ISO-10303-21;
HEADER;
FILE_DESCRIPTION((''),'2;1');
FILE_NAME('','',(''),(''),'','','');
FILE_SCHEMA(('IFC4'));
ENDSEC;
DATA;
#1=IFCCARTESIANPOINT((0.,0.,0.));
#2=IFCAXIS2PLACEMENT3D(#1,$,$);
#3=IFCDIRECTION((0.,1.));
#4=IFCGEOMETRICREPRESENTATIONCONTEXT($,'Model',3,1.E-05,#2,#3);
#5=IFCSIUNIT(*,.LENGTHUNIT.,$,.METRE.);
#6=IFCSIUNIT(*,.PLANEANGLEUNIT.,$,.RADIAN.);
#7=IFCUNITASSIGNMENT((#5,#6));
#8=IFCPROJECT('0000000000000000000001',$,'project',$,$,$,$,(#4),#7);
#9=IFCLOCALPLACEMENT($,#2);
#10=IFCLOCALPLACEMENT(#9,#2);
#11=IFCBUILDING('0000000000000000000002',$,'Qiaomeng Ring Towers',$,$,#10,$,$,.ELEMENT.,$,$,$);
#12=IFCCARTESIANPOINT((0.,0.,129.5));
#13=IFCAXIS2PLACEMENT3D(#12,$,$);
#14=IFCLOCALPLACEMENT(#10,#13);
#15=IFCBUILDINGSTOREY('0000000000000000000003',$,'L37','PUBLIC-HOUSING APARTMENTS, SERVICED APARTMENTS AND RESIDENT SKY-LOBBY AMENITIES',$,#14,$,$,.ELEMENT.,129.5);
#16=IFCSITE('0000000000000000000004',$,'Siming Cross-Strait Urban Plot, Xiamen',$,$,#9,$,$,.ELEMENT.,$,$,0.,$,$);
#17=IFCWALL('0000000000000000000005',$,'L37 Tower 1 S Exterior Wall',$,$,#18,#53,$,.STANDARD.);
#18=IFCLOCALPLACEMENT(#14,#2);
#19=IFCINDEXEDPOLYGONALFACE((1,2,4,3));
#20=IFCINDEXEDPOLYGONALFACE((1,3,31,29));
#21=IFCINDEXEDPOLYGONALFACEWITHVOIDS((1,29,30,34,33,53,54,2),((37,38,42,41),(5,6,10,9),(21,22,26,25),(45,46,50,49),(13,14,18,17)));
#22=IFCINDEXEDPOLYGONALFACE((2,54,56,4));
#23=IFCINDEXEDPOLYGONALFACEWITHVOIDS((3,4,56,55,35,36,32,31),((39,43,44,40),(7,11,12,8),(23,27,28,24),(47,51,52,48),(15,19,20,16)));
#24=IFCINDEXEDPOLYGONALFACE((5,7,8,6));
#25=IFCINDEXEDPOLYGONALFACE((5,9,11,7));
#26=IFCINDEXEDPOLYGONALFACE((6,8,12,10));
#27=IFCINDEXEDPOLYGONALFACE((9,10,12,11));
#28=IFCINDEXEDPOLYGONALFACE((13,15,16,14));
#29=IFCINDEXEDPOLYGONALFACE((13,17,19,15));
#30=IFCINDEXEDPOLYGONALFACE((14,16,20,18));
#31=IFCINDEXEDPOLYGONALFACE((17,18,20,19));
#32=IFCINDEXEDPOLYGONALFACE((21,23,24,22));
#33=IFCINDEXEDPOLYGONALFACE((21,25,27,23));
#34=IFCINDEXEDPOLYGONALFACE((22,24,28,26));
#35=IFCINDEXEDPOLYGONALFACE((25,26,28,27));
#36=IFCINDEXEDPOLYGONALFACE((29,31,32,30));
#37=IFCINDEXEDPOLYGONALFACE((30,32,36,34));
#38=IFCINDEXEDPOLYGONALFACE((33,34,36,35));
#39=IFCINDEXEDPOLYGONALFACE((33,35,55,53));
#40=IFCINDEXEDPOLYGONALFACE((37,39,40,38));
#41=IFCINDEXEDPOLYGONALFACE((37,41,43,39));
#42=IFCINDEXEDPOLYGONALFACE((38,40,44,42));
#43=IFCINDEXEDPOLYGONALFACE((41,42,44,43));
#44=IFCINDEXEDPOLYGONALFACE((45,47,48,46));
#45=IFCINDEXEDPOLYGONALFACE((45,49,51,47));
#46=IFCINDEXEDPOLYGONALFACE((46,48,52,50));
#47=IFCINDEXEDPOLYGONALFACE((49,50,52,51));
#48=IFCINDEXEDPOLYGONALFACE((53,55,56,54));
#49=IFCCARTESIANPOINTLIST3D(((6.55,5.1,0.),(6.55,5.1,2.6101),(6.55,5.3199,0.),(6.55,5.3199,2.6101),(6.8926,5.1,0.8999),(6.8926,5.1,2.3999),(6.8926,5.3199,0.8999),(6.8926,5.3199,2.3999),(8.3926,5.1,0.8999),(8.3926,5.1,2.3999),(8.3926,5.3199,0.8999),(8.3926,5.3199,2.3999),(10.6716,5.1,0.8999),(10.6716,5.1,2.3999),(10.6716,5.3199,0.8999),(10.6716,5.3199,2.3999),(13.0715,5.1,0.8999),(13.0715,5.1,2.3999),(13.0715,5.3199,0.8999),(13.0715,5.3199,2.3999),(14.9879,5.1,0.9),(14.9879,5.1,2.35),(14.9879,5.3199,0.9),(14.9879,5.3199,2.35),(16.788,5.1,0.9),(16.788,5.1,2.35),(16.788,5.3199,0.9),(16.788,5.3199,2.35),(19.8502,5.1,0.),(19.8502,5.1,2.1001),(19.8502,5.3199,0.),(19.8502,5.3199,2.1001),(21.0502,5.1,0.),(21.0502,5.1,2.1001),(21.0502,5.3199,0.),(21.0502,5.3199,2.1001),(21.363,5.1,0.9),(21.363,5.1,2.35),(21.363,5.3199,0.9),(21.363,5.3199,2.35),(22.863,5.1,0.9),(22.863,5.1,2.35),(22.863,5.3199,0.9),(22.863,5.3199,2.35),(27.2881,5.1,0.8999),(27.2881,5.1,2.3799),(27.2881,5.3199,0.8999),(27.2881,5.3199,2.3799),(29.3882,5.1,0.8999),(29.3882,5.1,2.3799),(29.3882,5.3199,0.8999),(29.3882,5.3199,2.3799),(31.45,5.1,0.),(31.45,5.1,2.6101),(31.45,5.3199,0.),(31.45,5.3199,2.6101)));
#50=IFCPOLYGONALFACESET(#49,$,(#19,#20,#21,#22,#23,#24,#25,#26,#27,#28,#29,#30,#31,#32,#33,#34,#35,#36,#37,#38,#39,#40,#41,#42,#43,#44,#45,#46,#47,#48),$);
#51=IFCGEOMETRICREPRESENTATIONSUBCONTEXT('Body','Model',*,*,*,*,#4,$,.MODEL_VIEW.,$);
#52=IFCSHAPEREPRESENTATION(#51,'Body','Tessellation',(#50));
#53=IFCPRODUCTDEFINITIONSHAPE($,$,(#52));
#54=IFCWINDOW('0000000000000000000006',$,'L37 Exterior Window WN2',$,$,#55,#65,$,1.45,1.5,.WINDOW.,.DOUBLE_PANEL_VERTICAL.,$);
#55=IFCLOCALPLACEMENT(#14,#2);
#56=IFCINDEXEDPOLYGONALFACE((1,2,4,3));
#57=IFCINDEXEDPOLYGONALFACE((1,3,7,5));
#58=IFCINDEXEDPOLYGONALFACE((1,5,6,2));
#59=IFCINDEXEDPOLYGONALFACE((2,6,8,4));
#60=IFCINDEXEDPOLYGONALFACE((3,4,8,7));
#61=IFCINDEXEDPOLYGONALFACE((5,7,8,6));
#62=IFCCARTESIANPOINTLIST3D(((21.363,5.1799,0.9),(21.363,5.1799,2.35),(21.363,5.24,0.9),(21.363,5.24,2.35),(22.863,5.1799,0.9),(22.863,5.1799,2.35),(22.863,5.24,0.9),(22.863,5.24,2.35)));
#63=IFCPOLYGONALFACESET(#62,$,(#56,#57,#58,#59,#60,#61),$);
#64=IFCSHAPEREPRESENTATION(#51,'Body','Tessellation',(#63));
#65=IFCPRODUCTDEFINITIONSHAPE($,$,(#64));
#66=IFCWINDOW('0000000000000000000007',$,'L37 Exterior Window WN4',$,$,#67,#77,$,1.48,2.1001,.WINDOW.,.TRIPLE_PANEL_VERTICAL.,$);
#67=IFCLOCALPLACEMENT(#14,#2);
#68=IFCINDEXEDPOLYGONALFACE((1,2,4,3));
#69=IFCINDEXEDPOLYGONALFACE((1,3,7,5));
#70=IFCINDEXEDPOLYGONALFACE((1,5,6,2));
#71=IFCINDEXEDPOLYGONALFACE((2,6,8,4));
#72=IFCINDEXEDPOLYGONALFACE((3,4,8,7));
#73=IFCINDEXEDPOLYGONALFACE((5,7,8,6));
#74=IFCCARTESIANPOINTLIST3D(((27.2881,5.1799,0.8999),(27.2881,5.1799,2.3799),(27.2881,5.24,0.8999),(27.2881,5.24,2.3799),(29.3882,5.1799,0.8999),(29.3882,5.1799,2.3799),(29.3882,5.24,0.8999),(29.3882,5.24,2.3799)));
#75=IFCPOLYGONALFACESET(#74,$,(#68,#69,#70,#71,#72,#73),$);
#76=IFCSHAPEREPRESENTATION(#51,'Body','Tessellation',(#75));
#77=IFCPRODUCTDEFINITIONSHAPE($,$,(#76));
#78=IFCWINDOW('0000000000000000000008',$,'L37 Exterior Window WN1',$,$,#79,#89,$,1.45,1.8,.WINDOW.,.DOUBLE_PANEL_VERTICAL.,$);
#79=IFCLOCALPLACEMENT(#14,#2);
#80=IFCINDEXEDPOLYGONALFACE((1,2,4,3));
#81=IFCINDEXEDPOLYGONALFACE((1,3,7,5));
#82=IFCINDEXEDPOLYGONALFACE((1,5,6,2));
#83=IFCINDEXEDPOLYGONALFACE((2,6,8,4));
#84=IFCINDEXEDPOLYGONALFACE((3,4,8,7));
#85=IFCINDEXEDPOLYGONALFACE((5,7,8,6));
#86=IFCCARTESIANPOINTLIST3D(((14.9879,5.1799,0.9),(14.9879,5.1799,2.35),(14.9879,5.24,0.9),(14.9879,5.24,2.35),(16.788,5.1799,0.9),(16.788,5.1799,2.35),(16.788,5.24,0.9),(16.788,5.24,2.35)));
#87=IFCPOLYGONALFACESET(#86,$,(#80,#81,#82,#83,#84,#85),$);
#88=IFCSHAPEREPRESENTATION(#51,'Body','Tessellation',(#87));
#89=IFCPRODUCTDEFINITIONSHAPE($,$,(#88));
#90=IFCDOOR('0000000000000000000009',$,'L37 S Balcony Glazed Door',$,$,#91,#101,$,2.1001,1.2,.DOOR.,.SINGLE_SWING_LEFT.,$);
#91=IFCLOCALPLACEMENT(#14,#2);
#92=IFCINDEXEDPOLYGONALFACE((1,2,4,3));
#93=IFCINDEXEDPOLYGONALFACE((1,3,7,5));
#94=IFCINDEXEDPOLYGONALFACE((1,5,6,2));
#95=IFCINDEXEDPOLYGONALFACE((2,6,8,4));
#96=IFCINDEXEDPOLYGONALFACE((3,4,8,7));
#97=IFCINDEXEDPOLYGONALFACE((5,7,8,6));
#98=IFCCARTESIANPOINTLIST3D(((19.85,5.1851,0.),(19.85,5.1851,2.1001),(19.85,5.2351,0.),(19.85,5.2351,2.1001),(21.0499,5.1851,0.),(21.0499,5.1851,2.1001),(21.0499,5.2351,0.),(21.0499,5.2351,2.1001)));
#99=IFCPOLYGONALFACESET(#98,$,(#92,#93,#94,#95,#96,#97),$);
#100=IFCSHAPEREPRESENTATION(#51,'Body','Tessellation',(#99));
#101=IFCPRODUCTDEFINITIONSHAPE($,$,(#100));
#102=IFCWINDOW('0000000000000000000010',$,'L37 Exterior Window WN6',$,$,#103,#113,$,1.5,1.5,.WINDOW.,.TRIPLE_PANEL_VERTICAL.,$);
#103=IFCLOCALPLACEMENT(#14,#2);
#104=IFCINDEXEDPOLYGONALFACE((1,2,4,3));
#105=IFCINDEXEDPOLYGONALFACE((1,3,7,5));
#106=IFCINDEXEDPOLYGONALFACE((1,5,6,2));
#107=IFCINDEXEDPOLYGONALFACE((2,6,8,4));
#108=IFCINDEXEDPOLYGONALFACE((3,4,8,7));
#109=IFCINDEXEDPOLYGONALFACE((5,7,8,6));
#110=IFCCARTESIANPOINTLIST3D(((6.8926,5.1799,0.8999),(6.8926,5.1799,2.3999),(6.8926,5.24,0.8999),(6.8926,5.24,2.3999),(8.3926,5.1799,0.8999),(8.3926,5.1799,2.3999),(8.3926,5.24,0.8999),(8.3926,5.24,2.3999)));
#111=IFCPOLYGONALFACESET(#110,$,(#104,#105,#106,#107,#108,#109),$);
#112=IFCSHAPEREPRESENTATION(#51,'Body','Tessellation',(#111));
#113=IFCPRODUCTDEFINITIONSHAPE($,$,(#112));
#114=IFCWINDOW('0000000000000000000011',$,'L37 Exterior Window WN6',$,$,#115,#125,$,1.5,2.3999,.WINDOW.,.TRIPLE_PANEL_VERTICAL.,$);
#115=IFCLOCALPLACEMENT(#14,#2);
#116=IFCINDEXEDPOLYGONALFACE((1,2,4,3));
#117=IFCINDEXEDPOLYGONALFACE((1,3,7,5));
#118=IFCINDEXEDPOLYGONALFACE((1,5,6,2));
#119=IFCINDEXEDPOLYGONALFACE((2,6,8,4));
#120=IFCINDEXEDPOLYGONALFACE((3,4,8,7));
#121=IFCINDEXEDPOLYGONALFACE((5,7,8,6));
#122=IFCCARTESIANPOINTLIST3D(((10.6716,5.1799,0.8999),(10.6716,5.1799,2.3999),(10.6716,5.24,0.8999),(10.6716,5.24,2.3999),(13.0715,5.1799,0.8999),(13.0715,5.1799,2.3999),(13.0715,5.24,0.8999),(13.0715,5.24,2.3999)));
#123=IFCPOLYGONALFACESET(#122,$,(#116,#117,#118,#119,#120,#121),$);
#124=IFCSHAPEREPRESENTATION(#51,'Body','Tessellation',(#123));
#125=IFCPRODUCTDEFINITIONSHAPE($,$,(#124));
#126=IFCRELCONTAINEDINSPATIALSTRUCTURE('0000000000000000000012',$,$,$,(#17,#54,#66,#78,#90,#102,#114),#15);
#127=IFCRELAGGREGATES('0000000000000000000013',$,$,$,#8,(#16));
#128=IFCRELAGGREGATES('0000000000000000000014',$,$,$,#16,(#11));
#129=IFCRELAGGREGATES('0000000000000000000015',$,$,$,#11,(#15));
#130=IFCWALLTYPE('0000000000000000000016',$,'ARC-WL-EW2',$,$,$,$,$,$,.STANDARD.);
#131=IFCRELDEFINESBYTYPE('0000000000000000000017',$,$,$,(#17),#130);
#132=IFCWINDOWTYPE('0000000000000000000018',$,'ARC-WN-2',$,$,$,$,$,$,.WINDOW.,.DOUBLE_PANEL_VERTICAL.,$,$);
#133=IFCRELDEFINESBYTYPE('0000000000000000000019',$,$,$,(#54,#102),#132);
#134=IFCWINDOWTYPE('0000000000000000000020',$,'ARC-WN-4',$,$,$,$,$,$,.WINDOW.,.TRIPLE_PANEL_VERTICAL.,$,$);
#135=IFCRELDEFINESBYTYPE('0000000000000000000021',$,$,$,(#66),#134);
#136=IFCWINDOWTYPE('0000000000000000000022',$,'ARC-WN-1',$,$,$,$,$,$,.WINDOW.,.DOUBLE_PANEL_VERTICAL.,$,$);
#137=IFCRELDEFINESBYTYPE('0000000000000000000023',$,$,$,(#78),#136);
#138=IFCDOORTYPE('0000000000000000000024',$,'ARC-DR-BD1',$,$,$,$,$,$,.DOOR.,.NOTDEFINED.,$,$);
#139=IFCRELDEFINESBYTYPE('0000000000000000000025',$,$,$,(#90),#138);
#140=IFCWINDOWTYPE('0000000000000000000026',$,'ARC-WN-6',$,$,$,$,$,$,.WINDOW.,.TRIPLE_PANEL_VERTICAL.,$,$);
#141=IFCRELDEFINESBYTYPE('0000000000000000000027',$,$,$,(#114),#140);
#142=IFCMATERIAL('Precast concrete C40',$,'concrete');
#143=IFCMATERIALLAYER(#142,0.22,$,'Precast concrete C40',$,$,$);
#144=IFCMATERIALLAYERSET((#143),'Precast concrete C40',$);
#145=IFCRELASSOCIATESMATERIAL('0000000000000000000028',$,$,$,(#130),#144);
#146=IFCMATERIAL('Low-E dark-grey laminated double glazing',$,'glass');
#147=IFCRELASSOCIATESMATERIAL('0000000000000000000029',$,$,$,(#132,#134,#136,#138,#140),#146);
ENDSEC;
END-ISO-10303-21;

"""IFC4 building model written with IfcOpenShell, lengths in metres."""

from ifc_helpers import new_model, si_unit, direction, frame, frame_2d, origin, place, context, subcontext, project, spatial, rectangle, extrude, source, transform, mapped, material, layer, layer_set, type_object, element, fill, save


model = new_model("IFC4")

# Units and contexts
model_context = context("Model", 3, precision=1e-05, world=origin(), true_north=direction((0.0, 1.0)))
body_context = subcontext(model_context, "Body", "Model", "MODEL_VIEW")
ifc_project = project(units=[si_unit("LENGTHUNIT", "METRE"), si_unit("PLANEANGLEUNIT", "RADIAN")], contexts=[model_context])

# Site, building, storey
site_placement = place(None, origin())
site = spatial("IfcSite", under=ifc_project, at=site_placement, Name="Siming Cross-Strait Urban Plot, Xiamen", CompositionType="ELEMENT", RefElevation=0.0)
building_placement = place(site_placement, origin())
building = spatial("IfcBuilding", under=site, at=building_placement, Name="Qiaomeng Ring Towers", CompositionType="ELEMENT")
storey_placement = place(building_placement, frame((0.0, 0.0, 129.5)))
storey = spatial("IfcBuildingStorey", under=building, at=storey_placement, Name="L37", Description="PUBLIC-HOUSING APARTMENTS, SERVICED APARTMENTS AND RESIDENT SKY-LOBBY AMENITIES", CompositionType="ELEMENT", Elevation=129.5)

# Shared definitions
ifc_material_1 = material(Name="Low-E dark-grey laminated double glazing", Category="glass")

# Wall, openings, windows, door
ifc_material_2 = material(Name="Precast concrete C40", Category="concrete")
ifc_layer_1 = layer(ifc_material_2, 0.22, Name="Precast concrete C40")
ifc_layer_set_1 = layer_set([ifc_layer_1], Name="Precast concrete C40")
wall_type = type_object("IfcWallType", Name="ARC-WL-EW2", PredefinedType="STANDARD", material=ifc_layer_set_1)
wall_placement = place(storey_placement, frame((6.55, 5.21, 0.0), z_axis=(0.0, 0.0, 1.0), x_axis=(1.0, 0.0, 0.0)))
wall = element("IfcWall", 1, at=wall_placement, inside=storey, type_object=wall_type, Name="L37 Tower 1 S Exterior Wall", PredefinedType="STANDARD", context=body_context, shape_type="SweptSolid", body=[
    extrude(rectangle(XDim=24.8999, YDim=0.22, at=frame_2d((12.45, 0.0))), origin(), (0.0, 0.0, 1.0), 2.6101),
])
opening_1_placement = place(wall_placement, frame((13.3, 0.0, 0.0)))
opening_1 = element("IfcOpeningElement", 2, at=opening_1_placement, cuts=wall, PredefinedType="OPENING", context=body_context, shape_type="SweptSolid", body=[
    extrude(rectangle(XDim=1.2, YDim=2.1001, at=frame_2d((0.6001, 1.05))), frame((0.0, 0.1199, 0.0), z_axis=(0.0, -1.0, 0.0), x_axis=(1.0, 0.0, 0.0)), (0.0, 0.0, 1.0), 0.24),
])
opening_2_placement = place(wall_placement, frame((0.3425, 0.0, 0.8999)))
opening_2 = element("IfcOpeningElement", 3, at=opening_2_placement, cuts=wall, PredefinedType="OPENING", context=body_context, shape_type="SweptSolid", body=[
    extrude(rectangle(XDim=1.5, YDim=1.5, at=frame_2d((0.75, 0.75))), frame((0.0, 0.1199, 0.0), z_axis=(0.0, -1.0, 0.0), x_axis=(1.0, 0.0, 0.0)), (0.0, 0.0, 1.0), 0.24),
])
opening_3_placement = place(wall_placement, frame((8.438, 0.0, 0.8999)))
opening_3 = element("IfcOpeningElement", 4, at=opening_3_placement, cuts=wall, PredefinedType="OPENING", context=body_context, shape_type="SweptSolid", body=[
    extrude(rectangle(XDim=1.8, YDim=1.45, at=frame_2d((0.8999, 0.7251))), frame((0.0, 0.1199, 0.0), z_axis=(0.0, -1.0, 0.0), x_axis=(1.0, 0.0, 0.0)), (0.0, 0.0, 1.0), 0.24),
])
opening_4_placement = place(wall_placement, frame((14.813, 0.0, 0.8999)))
opening_4 = element("IfcOpeningElement", 5, at=opening_4_placement, cuts=wall, PredefinedType="OPENING", context=body_context, shape_type="SweptSolid", body=[
    extrude(rectangle(XDim=1.5, YDim=1.45, at=frame_2d((0.75, 0.7251))), frame((0.0, 0.1199, 0.0), z_axis=(0.0, -1.0, 0.0), x_axis=(1.0, 0.0, 0.0)), (0.0, 0.0, 1.0), 0.24),
])
opening_5_placement = place(wall_placement, frame((20.738, 0.0, 0.8999)))
opening_5 = element("IfcOpeningElement", 6, at=opening_5_placement, cuts=wall, PredefinedType="OPENING", context=body_context, shape_type="SweptSolid", body=[
    extrude(rectangle(XDim=2.1001, YDim=1.48, at=frame_2d((1.05, 0.74))), frame((0.0, 0.1199, 0.0), z_axis=(0.0, -1.0, 0.0), x_axis=(1.0, 0.0, 0.0)), (0.0, 0.0, 1.0), 0.24),
])
opening_6_placement = place(wall_placement, frame((4.1216, 0.0, 0.8999)))
opening_6 = element("IfcOpeningElement", 7, at=opening_6_placement, cuts=wall, PredefinedType="OPENING", context=body_context, shape_type="SweptSolid", body=[
    extrude(rectangle(XDim=2.3999, YDim=1.5, at=frame_2d((1.2, 0.75))), frame((0.0, 0.1199, 0.0), z_axis=(0.0, -1.0, 0.0), x_axis=(1.0, 0.0, 0.0)), (0.0, 0.0, 1.0), 0.24),
])
window_type_1 = type_object("IfcWindowType", Name="ARC-WN-2", PartitioningType="DOUBLE_PANEL_VERTICAL", PredefinedType="WINDOW", material=ifc_material_1)
shared_shape_1 = source(origin(), body_context, "Body", "SweptSolid", [
    extrude(rectangle(XDim=1.5, YDim=1.45, at=frame_2d((0.75, 0.7251))), frame((0.0, 0.03, 0.0), z_axis=(0.0, -1.0, 0.0), x_axis=(1.0, 0.0, 0.0)), (0.0, 0.0, 1.0), 0.0601),
])
window_1_placement = place(opening_4_placement, origin())
window_1 = element("IfcWindow", 8, at=window_1_placement, inside=storey, type_object=window_type_1, Name="L37 Exterior Window WN2", OverallHeight=1.45, OverallWidth=1.5, PartitioningType="DOUBLE_PANEL_VERTICAL", PredefinedType="WINDOW", context=body_context, shape_type="MappedRepresentation", body=[
    mapped(shared_shape_1, transform((0.0, 0.0, 0.0), x_axis=(1.0, 0.0, 0.0), y_axis=(0.0, 1.0, 0.0), z_axis=(0.0, 0.0, 1.0), scale=1.0)),
])
fill(opening_4, window_1)
window_type_2 = type_object("IfcWindowType", Name="ARC-WN-4", PartitioningType="TRIPLE_PANEL_VERTICAL", PredefinedType="WINDOW", material=ifc_material_1)
shared_shape_2 = source(origin(), body_context, "Body", "SweptSolid", [
    extrude(rectangle(XDim=2.1001, YDim=1.48, at=frame_2d((1.05, 0.74))), frame((0.0, 0.03, 0.0), z_axis=(0.0, -1.0, 0.0), x_axis=(1.0, 0.0, 0.0)), (0.0, 0.0, 1.0), 0.0601),
])
window_2_placement = place(opening_5_placement, origin())
window_2 = element("IfcWindow", 9, at=window_2_placement, inside=storey, type_object=window_type_2, Name="L37 Exterior Window WN4", OverallHeight=1.48, OverallWidth=2.1001, PartitioningType="TRIPLE_PANEL_VERTICAL", PredefinedType="WINDOW", context=body_context, shape_type="MappedRepresentation", body=[
    mapped(shared_shape_2, transform((0.0, 0.0, 0.0), x_axis=(1.0, 0.0, 0.0), y_axis=(0.0, 1.0, 0.0), z_axis=(0.0, 0.0, 1.0), scale=1.0)),
])
fill(opening_5, window_2)
window_type_3 = type_object("IfcWindowType", Name="ARC-WN-1", PartitioningType="DOUBLE_PANEL_VERTICAL", PredefinedType="WINDOW", material=ifc_material_1)
shared_shape_3 = source(origin(), body_context, "Body", "SweptSolid", [
    extrude(rectangle(XDim=1.8, YDim=1.45, at=frame_2d((0.8999, 0.7251))), frame((0.0, 0.03, 0.0), z_axis=(0.0, -1.0, 0.0), x_axis=(1.0, 0.0, 0.0)), (0.0, 0.0, 1.0), 0.0601),
])
window_3_placement = place(opening_3_placement, origin())
window_3 = element("IfcWindow", 10, at=window_3_placement, inside=storey, type_object=window_type_3, Name="L37 Exterior Window WN1", OverallHeight=1.45, OverallWidth=1.8, PartitioningType="DOUBLE_PANEL_VERTICAL", PredefinedType="WINDOW", context=body_context, shape_type="MappedRepresentation", body=[
    mapped(shared_shape_3, transform((0.0, 0.0, 0.0), x_axis=(1.0, 0.0, 0.0), y_axis=(0.0, 1.0, 0.0), z_axis=(0.0, 0.0, 1.0), scale=1.0)),
])
fill(opening_3, window_3)
door_type = type_object("IfcDoorType", Name="ARC-DR-BD1", OperationType="NOTDEFINED", PredefinedType="DOOR", material=ifc_material_1)
shared_shape_4 = source(origin(), body_context, "Body", "SweptSolid", [
    extrude(rectangle(XDim=1.2, YDim=2.1001, at=frame_2d((0.6001, 1.05))), frame((0.0, 0.0249, 0.0), z_axis=(0.0, -1.0, 0.0), x_axis=(1.0, 0.0, 0.0)), (0.0, 0.0, 1.0), 0.05),
])
door_placement = place(opening_1_placement, frame((1.2, 0.0, 0.0), z_axis=(0.0, 0.0, 1.0), x_axis=(-1.0, 0.0, 0.0)))
door = element("IfcDoor", 11, at=door_placement, inside=storey, type_object=door_type, Name="L37 S Balcony Glazed Door", OperationType="SINGLE_SWING_LEFT", OverallHeight=2.1001, OverallWidth=1.2, PredefinedType="DOOR", context=body_context, shape_type="MappedRepresentation", body=[
    mapped(shared_shape_4, transform((0.0, 0.0, 0.0), x_axis=(1.0, 0.0, 0.0), y_axis=(0.0, 1.0, 0.0), z_axis=(0.0, 0.0, 1.0), scale=1.0)),
])
fill(opening_1, door)
shared_shape_5 = source(origin(), body_context, "Body", "SweptSolid", [
    extrude(rectangle(XDim=1.5, YDim=1.5, at=frame_2d((0.75, 0.75))), frame((0.0, 0.03, 0.0), z_axis=(0.0, -1.0, 0.0), x_axis=(1.0, 0.0, 0.0)), (0.0, 0.0, 1.0), 0.0601),
])
window_4_placement = place(opening_2_placement, origin())
window_4 = element("IfcWindow", 12, at=window_4_placement, inside=storey, type_object=window_type_1, Name="L37 Exterior Window WN6", OverallHeight=1.5, OverallWidth=1.5, PartitioningType="TRIPLE_PANEL_VERTICAL", PredefinedType="WINDOW", context=body_context, shape_type="MappedRepresentation", body=[
    mapped(shared_shape_5, transform((0.0, 0.0, 0.0), x_axis=(1.0, 0.0, 0.0), y_axis=(0.0, 1.0, 0.0), z_axis=(0.0, 0.0, 1.0), scale=1.0)),
])
fill(opening_2, window_4)
window_type_4 = type_object("IfcWindowType", Name="ARC-WN-6", PartitioningType="TRIPLE_PANEL_VERTICAL", PredefinedType="WINDOW", material=ifc_material_1)
shared_shape_6 = source(origin(), body_context, "Body", "SweptSolid", [
    extrude(rectangle(XDim=2.3999, YDim=1.5, at=frame_2d((1.2, 0.75))), frame((0.0, 0.03, 0.0), z_axis=(0.0, -1.0, 0.0), x_axis=(1.0, 0.0, 0.0)), (0.0, 0.0, 1.0), 0.0601),
])
window_5_placement = place(opening_6_placement, origin())
window_5 = element("IfcWindow", 13, at=window_5_placement, inside=storey, type_object=window_type_4, Name="L37 Exterior Window WN6", OverallHeight=1.5, OverallWidth=2.3999, PartitioningType="TRIPLE_PANEL_VERTICAL", PredefinedType="WINDOW", context=body_context, shape_type="MappedRepresentation", body=[
    mapped(shared_shape_6, transform((0.0, 0.0, 0.0), x_axis=(1.0, 0.0, 0.0), y_axis=(0.0, 1.0, 0.0), z_axis=(0.0, 0.0, 1.0), scale=1.0)),
])
fill(opening_6, window_5)

save(model, "model.ifc")
